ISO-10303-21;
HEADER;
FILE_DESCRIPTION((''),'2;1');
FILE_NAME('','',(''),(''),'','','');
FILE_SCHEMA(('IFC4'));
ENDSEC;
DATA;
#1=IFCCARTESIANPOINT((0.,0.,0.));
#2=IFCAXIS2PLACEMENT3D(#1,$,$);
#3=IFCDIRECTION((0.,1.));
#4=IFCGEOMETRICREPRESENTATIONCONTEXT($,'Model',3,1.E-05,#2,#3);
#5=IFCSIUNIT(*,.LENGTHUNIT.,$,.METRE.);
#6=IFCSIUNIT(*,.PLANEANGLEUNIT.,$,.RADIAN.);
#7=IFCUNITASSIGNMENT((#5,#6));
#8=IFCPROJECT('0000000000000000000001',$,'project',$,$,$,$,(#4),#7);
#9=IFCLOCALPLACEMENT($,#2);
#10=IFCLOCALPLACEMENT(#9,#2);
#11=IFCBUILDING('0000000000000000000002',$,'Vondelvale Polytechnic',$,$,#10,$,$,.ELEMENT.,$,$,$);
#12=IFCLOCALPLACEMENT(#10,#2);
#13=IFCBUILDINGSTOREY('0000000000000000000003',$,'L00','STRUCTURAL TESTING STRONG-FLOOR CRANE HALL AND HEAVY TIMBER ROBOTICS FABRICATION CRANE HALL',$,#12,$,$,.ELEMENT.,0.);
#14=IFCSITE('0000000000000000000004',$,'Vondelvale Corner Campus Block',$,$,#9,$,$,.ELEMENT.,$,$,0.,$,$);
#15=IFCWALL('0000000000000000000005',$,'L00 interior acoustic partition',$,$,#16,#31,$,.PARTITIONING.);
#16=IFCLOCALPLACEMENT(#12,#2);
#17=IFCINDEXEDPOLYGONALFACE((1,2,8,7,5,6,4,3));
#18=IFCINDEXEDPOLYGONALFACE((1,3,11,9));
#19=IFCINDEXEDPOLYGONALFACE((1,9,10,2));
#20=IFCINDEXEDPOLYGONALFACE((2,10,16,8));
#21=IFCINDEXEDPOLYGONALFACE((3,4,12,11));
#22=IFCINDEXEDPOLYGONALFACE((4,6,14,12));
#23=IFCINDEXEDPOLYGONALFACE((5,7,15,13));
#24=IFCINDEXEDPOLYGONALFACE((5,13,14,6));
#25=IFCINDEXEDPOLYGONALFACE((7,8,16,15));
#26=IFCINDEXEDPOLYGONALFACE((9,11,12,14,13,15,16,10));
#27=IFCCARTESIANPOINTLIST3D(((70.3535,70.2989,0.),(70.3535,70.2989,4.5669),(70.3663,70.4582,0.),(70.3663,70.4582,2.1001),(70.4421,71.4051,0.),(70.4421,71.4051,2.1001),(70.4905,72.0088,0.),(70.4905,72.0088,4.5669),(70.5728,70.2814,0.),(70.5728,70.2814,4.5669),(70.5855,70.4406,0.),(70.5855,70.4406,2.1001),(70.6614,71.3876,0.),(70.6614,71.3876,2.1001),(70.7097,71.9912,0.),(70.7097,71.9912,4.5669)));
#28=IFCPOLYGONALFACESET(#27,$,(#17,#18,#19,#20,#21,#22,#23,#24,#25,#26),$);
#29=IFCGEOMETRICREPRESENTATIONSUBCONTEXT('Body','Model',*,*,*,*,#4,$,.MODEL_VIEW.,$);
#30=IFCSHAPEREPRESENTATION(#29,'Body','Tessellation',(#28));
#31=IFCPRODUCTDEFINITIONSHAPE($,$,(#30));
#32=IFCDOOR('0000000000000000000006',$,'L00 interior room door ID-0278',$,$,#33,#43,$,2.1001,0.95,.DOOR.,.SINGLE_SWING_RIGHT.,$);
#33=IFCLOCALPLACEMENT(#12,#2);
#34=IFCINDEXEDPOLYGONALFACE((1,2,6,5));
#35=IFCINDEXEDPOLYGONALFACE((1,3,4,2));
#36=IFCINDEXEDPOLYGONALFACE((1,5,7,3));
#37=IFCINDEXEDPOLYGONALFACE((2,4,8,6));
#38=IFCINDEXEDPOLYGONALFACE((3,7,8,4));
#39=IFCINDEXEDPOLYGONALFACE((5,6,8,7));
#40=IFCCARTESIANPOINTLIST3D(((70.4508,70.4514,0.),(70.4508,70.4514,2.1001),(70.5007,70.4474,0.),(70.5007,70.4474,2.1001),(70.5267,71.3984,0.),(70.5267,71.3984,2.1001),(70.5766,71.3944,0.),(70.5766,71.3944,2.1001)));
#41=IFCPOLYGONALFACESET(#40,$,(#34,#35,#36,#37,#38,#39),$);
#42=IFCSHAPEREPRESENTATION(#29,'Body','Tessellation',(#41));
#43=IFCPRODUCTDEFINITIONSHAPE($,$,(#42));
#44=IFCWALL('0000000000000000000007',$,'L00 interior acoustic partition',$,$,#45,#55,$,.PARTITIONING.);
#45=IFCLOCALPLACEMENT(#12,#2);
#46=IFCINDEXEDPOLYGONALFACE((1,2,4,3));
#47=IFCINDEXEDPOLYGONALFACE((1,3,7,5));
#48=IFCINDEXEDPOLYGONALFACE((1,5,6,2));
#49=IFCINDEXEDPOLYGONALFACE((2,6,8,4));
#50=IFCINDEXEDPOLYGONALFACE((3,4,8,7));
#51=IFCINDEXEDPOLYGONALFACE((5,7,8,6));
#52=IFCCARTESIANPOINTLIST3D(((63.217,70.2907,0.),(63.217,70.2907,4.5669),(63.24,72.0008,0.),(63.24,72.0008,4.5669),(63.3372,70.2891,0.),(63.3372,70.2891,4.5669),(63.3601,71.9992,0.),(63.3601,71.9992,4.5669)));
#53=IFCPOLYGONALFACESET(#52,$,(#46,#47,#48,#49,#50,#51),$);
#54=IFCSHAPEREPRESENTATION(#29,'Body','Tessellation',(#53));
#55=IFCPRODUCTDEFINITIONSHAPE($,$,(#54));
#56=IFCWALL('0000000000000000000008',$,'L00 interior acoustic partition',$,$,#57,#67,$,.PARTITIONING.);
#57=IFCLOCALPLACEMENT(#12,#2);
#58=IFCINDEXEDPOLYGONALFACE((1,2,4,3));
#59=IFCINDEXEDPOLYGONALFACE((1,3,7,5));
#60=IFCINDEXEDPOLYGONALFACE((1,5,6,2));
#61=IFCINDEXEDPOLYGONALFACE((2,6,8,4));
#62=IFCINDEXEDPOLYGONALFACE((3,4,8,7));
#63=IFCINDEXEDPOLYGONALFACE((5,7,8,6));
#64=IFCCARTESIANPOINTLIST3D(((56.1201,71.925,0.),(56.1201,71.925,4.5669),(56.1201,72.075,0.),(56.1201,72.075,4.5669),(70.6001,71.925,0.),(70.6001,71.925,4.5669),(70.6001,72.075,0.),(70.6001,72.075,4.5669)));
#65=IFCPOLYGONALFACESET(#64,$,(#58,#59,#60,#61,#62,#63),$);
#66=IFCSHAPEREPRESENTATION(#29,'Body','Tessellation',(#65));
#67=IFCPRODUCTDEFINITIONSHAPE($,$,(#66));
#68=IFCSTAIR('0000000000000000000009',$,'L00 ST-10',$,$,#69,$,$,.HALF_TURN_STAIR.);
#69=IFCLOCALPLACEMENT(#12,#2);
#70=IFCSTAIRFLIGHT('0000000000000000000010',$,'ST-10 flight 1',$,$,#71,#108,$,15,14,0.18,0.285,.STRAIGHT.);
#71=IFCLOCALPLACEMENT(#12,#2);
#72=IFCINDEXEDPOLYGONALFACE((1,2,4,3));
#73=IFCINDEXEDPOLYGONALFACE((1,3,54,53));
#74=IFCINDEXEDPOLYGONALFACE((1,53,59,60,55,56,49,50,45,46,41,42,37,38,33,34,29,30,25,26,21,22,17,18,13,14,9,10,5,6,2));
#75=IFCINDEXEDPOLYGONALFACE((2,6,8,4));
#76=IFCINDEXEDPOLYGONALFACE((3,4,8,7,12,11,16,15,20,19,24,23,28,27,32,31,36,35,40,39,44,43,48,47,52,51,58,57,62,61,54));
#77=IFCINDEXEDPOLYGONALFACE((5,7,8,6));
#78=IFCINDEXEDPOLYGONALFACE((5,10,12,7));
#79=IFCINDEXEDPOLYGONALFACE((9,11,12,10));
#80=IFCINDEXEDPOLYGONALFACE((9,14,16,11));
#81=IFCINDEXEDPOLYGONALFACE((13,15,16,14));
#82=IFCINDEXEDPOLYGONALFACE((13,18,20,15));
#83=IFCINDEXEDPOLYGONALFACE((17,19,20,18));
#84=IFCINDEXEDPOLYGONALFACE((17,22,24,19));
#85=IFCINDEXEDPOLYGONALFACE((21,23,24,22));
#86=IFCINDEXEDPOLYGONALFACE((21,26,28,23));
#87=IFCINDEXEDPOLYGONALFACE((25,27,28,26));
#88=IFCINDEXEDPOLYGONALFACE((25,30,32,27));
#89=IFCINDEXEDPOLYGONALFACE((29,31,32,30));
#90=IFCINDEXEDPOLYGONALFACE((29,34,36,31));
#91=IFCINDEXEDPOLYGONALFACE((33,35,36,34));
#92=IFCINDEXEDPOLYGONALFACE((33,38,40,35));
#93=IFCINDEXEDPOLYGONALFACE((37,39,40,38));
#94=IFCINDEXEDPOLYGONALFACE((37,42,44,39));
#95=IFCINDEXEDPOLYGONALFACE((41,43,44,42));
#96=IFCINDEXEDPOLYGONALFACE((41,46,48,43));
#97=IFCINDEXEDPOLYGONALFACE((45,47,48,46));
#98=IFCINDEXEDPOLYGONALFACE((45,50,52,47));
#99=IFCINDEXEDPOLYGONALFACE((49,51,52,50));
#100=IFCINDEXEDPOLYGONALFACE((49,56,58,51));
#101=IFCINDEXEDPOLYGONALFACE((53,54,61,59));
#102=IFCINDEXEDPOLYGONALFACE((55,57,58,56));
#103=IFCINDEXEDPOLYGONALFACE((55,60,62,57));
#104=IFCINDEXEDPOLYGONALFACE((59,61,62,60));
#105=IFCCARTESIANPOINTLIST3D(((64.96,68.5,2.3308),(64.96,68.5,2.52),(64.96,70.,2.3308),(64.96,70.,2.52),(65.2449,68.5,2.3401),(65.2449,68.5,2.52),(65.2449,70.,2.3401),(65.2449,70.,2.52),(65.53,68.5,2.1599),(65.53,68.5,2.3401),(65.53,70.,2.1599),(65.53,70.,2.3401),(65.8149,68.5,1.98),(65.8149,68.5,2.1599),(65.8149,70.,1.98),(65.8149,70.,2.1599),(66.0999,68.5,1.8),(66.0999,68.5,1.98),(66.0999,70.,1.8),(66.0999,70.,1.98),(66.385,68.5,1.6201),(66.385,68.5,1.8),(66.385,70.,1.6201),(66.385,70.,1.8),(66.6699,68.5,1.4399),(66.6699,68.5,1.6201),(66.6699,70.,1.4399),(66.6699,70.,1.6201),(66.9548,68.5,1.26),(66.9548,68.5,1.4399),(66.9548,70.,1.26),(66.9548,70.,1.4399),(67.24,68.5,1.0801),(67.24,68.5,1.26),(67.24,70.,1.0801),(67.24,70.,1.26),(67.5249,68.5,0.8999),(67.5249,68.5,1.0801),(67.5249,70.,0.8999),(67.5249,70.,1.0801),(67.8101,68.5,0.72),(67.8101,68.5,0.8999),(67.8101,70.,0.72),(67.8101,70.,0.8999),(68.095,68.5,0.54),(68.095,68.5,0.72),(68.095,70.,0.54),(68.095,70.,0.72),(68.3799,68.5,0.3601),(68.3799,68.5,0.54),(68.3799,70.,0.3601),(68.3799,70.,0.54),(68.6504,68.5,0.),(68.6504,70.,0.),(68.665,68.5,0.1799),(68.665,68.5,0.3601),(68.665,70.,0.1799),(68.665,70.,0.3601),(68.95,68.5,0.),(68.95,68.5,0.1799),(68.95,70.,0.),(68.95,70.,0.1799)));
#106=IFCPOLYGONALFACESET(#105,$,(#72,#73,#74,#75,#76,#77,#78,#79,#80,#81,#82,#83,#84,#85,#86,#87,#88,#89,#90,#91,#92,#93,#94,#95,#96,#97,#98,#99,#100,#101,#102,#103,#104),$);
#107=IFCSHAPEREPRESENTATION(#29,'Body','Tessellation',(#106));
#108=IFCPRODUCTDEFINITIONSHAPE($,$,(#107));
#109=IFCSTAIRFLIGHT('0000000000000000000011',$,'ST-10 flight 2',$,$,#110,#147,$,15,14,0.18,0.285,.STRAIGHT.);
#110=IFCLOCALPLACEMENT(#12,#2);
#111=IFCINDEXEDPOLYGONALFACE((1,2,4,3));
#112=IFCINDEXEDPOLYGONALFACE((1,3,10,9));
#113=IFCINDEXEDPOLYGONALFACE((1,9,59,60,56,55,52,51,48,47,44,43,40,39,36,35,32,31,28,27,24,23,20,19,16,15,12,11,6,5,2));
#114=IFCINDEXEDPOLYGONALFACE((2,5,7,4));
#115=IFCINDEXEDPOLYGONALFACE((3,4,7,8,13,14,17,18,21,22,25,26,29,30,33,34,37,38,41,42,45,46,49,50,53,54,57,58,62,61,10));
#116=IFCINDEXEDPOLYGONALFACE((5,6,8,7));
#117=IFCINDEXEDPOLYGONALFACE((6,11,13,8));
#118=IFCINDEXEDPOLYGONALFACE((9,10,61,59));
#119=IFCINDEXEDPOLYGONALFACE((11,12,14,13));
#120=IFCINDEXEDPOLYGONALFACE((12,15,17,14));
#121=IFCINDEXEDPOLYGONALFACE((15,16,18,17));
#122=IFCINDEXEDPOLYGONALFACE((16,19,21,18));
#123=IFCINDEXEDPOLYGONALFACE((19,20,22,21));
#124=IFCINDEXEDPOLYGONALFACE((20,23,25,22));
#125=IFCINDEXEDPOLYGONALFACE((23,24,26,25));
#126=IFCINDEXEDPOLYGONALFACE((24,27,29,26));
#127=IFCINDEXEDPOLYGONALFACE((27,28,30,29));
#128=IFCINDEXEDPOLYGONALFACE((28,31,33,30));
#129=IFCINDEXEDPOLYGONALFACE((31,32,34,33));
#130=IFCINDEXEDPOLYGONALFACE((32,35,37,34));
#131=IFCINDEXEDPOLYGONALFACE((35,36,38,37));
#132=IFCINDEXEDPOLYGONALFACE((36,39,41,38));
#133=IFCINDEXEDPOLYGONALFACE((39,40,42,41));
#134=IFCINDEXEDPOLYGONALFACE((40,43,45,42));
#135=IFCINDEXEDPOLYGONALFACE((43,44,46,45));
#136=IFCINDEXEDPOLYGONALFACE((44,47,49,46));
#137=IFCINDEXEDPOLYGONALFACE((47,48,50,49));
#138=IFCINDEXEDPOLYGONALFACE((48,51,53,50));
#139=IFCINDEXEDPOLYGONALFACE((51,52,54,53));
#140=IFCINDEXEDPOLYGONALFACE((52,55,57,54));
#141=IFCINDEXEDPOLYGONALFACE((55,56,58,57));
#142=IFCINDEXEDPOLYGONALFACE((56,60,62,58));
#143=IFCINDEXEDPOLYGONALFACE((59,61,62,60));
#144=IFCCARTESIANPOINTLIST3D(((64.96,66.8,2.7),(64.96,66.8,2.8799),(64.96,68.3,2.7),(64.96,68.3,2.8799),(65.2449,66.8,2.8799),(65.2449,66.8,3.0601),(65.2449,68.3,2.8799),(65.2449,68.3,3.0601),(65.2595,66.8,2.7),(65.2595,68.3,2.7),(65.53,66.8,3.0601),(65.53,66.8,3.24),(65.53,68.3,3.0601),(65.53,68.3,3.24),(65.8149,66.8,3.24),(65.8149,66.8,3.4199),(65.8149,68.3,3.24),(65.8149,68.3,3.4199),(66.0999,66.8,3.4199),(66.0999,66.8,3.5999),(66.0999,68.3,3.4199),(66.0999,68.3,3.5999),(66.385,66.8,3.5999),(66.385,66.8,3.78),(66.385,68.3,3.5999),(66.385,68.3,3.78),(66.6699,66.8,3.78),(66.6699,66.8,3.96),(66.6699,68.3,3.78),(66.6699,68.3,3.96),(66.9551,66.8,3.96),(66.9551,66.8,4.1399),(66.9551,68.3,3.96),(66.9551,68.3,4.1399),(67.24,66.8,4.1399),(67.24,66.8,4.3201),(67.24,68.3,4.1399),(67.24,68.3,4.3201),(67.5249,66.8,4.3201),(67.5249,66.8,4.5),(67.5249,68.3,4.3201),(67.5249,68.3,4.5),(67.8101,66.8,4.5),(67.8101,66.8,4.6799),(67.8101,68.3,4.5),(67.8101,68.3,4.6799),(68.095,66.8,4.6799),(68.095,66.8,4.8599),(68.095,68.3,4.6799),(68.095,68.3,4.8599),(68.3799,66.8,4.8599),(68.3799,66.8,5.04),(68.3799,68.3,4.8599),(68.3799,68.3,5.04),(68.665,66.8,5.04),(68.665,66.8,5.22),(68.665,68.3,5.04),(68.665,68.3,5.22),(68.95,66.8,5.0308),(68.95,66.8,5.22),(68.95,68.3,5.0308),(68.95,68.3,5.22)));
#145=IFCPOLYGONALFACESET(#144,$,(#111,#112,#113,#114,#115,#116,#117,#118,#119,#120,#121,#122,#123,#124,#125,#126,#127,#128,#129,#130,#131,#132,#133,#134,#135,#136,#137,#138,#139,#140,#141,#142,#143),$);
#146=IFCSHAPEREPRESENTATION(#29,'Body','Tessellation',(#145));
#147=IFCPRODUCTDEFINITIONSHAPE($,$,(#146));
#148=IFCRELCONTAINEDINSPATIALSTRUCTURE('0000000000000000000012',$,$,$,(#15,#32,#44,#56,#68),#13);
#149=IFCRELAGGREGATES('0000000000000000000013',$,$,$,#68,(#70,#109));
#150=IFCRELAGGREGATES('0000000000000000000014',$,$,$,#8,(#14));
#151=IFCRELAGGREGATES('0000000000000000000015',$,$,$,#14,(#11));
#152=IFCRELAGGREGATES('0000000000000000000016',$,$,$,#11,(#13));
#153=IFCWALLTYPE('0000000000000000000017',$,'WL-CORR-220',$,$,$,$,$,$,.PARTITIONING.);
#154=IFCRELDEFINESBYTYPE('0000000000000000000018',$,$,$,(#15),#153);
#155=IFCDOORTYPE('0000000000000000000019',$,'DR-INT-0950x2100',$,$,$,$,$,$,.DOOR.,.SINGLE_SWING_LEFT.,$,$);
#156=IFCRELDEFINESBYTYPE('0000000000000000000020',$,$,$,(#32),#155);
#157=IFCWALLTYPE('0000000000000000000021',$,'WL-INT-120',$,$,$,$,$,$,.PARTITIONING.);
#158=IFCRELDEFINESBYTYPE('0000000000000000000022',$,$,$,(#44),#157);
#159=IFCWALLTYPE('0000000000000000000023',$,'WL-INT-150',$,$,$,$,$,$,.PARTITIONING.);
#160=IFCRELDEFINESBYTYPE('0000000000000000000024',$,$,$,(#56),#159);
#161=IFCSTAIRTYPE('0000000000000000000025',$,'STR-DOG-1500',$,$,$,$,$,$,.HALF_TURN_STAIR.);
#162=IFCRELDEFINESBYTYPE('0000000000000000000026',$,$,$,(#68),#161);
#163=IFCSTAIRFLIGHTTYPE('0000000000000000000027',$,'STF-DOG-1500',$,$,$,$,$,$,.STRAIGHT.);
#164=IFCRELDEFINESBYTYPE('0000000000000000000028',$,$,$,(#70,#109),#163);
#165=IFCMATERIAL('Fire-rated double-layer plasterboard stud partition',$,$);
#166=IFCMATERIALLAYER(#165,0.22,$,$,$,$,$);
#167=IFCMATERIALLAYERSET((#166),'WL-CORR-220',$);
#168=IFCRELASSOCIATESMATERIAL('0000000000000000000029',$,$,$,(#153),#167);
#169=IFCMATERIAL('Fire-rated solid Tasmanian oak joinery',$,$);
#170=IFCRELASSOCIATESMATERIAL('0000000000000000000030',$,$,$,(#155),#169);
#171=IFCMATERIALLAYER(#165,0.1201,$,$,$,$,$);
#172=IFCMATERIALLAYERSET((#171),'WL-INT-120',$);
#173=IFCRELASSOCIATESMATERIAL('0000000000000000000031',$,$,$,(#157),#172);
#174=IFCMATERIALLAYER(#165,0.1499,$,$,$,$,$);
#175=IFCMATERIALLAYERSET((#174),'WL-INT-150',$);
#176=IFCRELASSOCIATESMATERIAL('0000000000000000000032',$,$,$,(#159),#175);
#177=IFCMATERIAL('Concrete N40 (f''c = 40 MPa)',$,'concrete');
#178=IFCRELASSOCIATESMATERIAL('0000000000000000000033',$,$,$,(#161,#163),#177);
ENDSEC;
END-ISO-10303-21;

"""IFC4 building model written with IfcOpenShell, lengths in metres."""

from ifc_helpers import new_model, si_unit, direction, frame, frame_2d, origin, place, context, subcontext, project, spatial, polyline, rectangle, outline, extrude, material, layer, layer_set, type_object, element, fill, aggregate, save


model = new_model("IFC4")

# Units and contexts
model_context = context("Model", 3, precision=1e-05, world=origin(), true_north=direction((0.0, 1.0)))
body_context = subcontext(model_context, "Body", "Model", "MODEL_VIEW")
ifc_project = project(units=[si_unit("LENGTHUNIT", "METRE"), si_unit("PLANEANGLEUNIT", "RADIAN")], contexts=[model_context])

# Site, building, storey
site_placement = place(None, origin())
site = spatial("IfcSite", under=ifc_project, at=site_placement, Name="Vondelvale Corner Campus Block", CompositionType="ELEMENT", RefElevation=0.0)
building_placement = place(site_placement, origin())
building = spatial("IfcBuilding", under=site, at=building_placement, Name="Vondelvale Polytechnic", CompositionType="ELEMENT")
storey_placement = place(building_placement, origin())
storey = spatial("IfcBuildingStorey", under=building, at=storey_placement, Name="L00", Description="STRUCTURAL TESTING STRONG-FLOOR CRANE HALL AND HEAVY TIMBER ROBOTICS FABRICATION CRANE HALL", CompositionType="ELEMENT", Elevation=0.0)

# Shared definitions
ifc_material_1 = material(Name="Concrete N40 (f'c = 40 MPa)", Category="concrete")

# Wall, opening, door
ifc_material_2 = material(Name="Fire-rated double-layer plasterboard stud partition")
ifc_layer_1 = layer(ifc_material_2, 0.22)
ifc_layer_set_1 = layer_set([ifc_layer_1], Name="WL-CORR-220")
wall_type_1 = type_object("IfcWallType", Name="WL-CORR-220", PredefinedType="PARTITIONING", material=ifc_layer_set_1)
wall_1_placement = place(storey_placement, frame((70.6001, 72.0, 0.0), z_axis=(0.0, 0.0, 1.0), x_axis=(-0.079841, -0.996808, 0.0)))
wall_1 = element("IfcWall", 1, at=wall_1_placement, inside=storey, type_object=wall_type_1, Name="L00 interior acoustic partition", PredefinedType="PARTITIONING", context=body_context, shape_type="SweptSolid", body=[
    extrude(rectangle(XDim=1.7153, YDim=0.22, at=frame_2d((0.8577, 0.0))), origin(), (0.0, 0.0, 1.0), 4.5669),
])
opening_1_placement = place(wall_1_placement, frame((0.6055, 0.0, 0.0)))
opening_1 = element("IfcOpeningElement", 2, at=opening_1_placement, cuts=wall_1, PredefinedType="OPENING", context=body_context, shape_type="SweptSolid", body=[
    extrude(rectangle(XDim=0.95, YDim=2.1001, at=frame_2d((0.4751, 1.05))), frame((0.0, 0.1199, 0.0), z_axis=(0.0, -1.0, 0.0), x_axis=(1.0, 0.0, 0.0)), (0.0, 0.0, 1.0), 0.24),
])
ifc_material_3 = material(Name="Fire-rated solid Tasmanian oak joinery")
door_type_1 = type_object("IfcDoorType", Name="DR-INT-0950x2100", OperationType="SINGLE_SWING_LEFT", PredefinedType="DOOR", material=ifc_material_3)
door_1_placement = place(opening_1_placement, origin())
door_1 = element("IfcDoor", 3, at=door_1_placement, inside=storey, type_object=door_type_1, Name="L00 interior room door ID-0278", OperationType="SINGLE_SWING_RIGHT", OverallHeight=2.1001, OverallWidth=0.95, PredefinedType="DOOR", context=body_context, shape_type="SweptSolid", body=[
    extrude(rectangle(XDim=0.95, YDim=2.1001, at=frame_2d((0.4751, 1.05))), frame((0.0, 0.0249, 0.0), z_axis=(0.0, -1.0, 0.0), x_axis=(1.0, 0.0, 0.0)), (0.0, 0.0, 1.0), 0.05),
])
fill(opening_1, door_1)

# Walls
ifc_layer_2 = layer(ifc_material_2, 0.1201)
ifc_layer_set_2 = layer_set([ifc_layer_2], Name="WL-INT-120")
wall_type_2 = type_object("IfcWallType", Name="WL-INT-120", PredefinedType="PARTITIONING", material=ifc_layer_set_2)
wall_2_placement = place(storey_placement, frame((63.2771, 70.29, 0.0), z_axis=(0.0, 0.0, 1.0), x_axis=(0.01342, 0.99991, 0.0)))
element("IfcWall", 4, at=wall_2_placement, inside=storey, type_object=wall_type_2, Name="L00 interior acoustic partition", PredefinedType="PARTITIONING", context=body_context, shape_type="SweptSolid", body=[
    extrude(rectangle(XDim=1.7102, YDim=0.1201, at=frame_2d((0.855, 0.0))), origin(), (0.0, 0.0, 1.0), 4.5669),
])
ifc_layer_3 = layer(ifc_material_2, 0.1499)
ifc_layer_set_3 = layer_set([ifc_layer_3], Name="WL-INT-150")
wall_type_3 = type_object("IfcWallType", Name="WL-INT-150", PredefinedType="PARTITIONING", material=ifc_layer_set_3)
wall_3_placement = place(storey_placement, frame((70.6001, 72.0, 0.0), z_axis=(0.0, 0.0, 1.0), x_axis=(-1.0, 0.0, 0.0)))
element("IfcWall", 5, at=wall_3_placement, inside=storey, type_object=wall_type_3, Name="L00 interior acoustic partition", PredefinedType="PARTITIONING", context=body_context, shape_type="SweptSolid", body=[
    extrude(rectangle(XDim=14.48, YDim=0.1499, at=frame_2d((7.24, 0.0))), origin(), (0.0, 0.0, 1.0), 4.5669),
])

# Stair, stair flights
stair_type = type_object("IfcStairType", Name="STR-DOG-1500", PredefinedType="HALF_TURN_STAIR", material=ifc_material_1)
stair_placement = place(storey_placement, origin())
stair = element("IfcStair", 6, at=stair_placement, inside=storey, type_object=stair_type, Name="L00 ST-10", PredefinedType="HALF_TURN_STAIR")
stair_flight_type = type_object("IfcStairFlightType", Name="STF-DOG-1500", PredefinedType="STRAIGHT", material=ifc_material_1)
stair_flight_1_placement = place(storey_placement, frame((68.95, 69.25, 0.0), z_axis=(0.0, 0.0, 1.0), x_axis=(-1.0, 0.0, 0.0)))
stair_flight_1 = element("IfcStairFlight", 7, at=stair_flight_1_placement, type_object=stair_flight_type, Name="ST-10 flight 1", NumberOfRisers=15, NumberOfTreads=14, PredefinedType="STRAIGHT", RiserHeight=0.18, TreadLength=0.285, context=body_context, shape_type="SweptSolid", body=[
    extrude(outline(polyline([(0.0, 0.0), (0.0, 0.1799), (0.2849, 0.1799), (0.2849, 0.3601), (0.5701, 0.3601), (0.5701, 0.54), (0.855, 0.54), (0.855, 0.72), (1.1399, 0.72), (1.1399, 0.8999), (1.425, 0.8999), (1.425, 1.0801), (1.71, 1.0801), (1.71, 1.26), (1.9951, 1.26), (1.9951, 1.4399), (2.28, 1.4399), (2.28, 1.6201), (2.5649, 1.6201), (2.5649, 1.8), (2.8501, 1.8), (2.8501, 1.98), (3.135, 1.98), (3.135, 2.1599), (3.4199, 2.1599), (3.4199, 2.3401), (3.7051, 2.3401), (3.7051, 2.52), (3.99, 2.52), (3.99, 2.7), (3.99, 2.3308), (0.2996, 0.0), (0.0, 0.0)])), frame((0.0, 0.75, 0.0), z_axis=(0.0, -1.0, 0.0), x_axis=(1.0, 0.0, 0.0)), (0.0, 0.0, 1.0), 1.5),
])
stair_flight_2_placement = place(storey_placement, frame((64.96, 67.55, 2.7), z_axis=(0.0, 0.0, 1.0), x_axis=(1.0, 0.0, 0.0)))
stair_flight_2 = element("IfcStairFlight", 8, at=stair_flight_2_placement, type_object=stair_flight_type, Name="ST-10 flight 2", NumberOfRisers=15, NumberOfTreads=14, PredefinedType="STRAIGHT", RiserHeight=0.18, TreadLength=0.285, context=body_context, shape_type="SweptSolid", body=[
    extrude(outline(polyline([(0.0, 0.0), (0.0, 0.1799), (0.2849, 0.1799), (0.2849, 0.3601), (0.5701, 0.3601), (0.5701, 0.54), (0.855, 0.54), (0.855, 0.72), (1.1399, 0.72), (1.1399, 0.8999), (1.425, 0.8999), (1.425, 1.0801), (1.71, 1.0801), (1.71, 1.26), (1.9951, 1.26), (1.9951, 1.4399), (2.28, 1.4399), (2.28, 1.6201), (2.5649, 1.6201), (2.5649, 1.8), (2.8501, 1.8), (2.8501, 1.98), (3.135, 1.98), (3.135, 2.1599), (3.4199, 2.1599), (3.4199, 2.3401), (3.7051, 2.3401), (3.7051, 2.52), (3.99, 2.52), (3.99, 2.7), (3.99, 2.3308), (0.2996, 0.0), (0.0, 0.0)])), frame((0.0, 0.75, 0.0), z_axis=(0.0, -1.0, 0.0), x_axis=(1.0, 0.0, 0.0)), (0.0, 0.0, 1.0), 1.5),
])
aggregate(stair, [stair_flight_1, stair_flight_2])

save(model, "model.ifc")
